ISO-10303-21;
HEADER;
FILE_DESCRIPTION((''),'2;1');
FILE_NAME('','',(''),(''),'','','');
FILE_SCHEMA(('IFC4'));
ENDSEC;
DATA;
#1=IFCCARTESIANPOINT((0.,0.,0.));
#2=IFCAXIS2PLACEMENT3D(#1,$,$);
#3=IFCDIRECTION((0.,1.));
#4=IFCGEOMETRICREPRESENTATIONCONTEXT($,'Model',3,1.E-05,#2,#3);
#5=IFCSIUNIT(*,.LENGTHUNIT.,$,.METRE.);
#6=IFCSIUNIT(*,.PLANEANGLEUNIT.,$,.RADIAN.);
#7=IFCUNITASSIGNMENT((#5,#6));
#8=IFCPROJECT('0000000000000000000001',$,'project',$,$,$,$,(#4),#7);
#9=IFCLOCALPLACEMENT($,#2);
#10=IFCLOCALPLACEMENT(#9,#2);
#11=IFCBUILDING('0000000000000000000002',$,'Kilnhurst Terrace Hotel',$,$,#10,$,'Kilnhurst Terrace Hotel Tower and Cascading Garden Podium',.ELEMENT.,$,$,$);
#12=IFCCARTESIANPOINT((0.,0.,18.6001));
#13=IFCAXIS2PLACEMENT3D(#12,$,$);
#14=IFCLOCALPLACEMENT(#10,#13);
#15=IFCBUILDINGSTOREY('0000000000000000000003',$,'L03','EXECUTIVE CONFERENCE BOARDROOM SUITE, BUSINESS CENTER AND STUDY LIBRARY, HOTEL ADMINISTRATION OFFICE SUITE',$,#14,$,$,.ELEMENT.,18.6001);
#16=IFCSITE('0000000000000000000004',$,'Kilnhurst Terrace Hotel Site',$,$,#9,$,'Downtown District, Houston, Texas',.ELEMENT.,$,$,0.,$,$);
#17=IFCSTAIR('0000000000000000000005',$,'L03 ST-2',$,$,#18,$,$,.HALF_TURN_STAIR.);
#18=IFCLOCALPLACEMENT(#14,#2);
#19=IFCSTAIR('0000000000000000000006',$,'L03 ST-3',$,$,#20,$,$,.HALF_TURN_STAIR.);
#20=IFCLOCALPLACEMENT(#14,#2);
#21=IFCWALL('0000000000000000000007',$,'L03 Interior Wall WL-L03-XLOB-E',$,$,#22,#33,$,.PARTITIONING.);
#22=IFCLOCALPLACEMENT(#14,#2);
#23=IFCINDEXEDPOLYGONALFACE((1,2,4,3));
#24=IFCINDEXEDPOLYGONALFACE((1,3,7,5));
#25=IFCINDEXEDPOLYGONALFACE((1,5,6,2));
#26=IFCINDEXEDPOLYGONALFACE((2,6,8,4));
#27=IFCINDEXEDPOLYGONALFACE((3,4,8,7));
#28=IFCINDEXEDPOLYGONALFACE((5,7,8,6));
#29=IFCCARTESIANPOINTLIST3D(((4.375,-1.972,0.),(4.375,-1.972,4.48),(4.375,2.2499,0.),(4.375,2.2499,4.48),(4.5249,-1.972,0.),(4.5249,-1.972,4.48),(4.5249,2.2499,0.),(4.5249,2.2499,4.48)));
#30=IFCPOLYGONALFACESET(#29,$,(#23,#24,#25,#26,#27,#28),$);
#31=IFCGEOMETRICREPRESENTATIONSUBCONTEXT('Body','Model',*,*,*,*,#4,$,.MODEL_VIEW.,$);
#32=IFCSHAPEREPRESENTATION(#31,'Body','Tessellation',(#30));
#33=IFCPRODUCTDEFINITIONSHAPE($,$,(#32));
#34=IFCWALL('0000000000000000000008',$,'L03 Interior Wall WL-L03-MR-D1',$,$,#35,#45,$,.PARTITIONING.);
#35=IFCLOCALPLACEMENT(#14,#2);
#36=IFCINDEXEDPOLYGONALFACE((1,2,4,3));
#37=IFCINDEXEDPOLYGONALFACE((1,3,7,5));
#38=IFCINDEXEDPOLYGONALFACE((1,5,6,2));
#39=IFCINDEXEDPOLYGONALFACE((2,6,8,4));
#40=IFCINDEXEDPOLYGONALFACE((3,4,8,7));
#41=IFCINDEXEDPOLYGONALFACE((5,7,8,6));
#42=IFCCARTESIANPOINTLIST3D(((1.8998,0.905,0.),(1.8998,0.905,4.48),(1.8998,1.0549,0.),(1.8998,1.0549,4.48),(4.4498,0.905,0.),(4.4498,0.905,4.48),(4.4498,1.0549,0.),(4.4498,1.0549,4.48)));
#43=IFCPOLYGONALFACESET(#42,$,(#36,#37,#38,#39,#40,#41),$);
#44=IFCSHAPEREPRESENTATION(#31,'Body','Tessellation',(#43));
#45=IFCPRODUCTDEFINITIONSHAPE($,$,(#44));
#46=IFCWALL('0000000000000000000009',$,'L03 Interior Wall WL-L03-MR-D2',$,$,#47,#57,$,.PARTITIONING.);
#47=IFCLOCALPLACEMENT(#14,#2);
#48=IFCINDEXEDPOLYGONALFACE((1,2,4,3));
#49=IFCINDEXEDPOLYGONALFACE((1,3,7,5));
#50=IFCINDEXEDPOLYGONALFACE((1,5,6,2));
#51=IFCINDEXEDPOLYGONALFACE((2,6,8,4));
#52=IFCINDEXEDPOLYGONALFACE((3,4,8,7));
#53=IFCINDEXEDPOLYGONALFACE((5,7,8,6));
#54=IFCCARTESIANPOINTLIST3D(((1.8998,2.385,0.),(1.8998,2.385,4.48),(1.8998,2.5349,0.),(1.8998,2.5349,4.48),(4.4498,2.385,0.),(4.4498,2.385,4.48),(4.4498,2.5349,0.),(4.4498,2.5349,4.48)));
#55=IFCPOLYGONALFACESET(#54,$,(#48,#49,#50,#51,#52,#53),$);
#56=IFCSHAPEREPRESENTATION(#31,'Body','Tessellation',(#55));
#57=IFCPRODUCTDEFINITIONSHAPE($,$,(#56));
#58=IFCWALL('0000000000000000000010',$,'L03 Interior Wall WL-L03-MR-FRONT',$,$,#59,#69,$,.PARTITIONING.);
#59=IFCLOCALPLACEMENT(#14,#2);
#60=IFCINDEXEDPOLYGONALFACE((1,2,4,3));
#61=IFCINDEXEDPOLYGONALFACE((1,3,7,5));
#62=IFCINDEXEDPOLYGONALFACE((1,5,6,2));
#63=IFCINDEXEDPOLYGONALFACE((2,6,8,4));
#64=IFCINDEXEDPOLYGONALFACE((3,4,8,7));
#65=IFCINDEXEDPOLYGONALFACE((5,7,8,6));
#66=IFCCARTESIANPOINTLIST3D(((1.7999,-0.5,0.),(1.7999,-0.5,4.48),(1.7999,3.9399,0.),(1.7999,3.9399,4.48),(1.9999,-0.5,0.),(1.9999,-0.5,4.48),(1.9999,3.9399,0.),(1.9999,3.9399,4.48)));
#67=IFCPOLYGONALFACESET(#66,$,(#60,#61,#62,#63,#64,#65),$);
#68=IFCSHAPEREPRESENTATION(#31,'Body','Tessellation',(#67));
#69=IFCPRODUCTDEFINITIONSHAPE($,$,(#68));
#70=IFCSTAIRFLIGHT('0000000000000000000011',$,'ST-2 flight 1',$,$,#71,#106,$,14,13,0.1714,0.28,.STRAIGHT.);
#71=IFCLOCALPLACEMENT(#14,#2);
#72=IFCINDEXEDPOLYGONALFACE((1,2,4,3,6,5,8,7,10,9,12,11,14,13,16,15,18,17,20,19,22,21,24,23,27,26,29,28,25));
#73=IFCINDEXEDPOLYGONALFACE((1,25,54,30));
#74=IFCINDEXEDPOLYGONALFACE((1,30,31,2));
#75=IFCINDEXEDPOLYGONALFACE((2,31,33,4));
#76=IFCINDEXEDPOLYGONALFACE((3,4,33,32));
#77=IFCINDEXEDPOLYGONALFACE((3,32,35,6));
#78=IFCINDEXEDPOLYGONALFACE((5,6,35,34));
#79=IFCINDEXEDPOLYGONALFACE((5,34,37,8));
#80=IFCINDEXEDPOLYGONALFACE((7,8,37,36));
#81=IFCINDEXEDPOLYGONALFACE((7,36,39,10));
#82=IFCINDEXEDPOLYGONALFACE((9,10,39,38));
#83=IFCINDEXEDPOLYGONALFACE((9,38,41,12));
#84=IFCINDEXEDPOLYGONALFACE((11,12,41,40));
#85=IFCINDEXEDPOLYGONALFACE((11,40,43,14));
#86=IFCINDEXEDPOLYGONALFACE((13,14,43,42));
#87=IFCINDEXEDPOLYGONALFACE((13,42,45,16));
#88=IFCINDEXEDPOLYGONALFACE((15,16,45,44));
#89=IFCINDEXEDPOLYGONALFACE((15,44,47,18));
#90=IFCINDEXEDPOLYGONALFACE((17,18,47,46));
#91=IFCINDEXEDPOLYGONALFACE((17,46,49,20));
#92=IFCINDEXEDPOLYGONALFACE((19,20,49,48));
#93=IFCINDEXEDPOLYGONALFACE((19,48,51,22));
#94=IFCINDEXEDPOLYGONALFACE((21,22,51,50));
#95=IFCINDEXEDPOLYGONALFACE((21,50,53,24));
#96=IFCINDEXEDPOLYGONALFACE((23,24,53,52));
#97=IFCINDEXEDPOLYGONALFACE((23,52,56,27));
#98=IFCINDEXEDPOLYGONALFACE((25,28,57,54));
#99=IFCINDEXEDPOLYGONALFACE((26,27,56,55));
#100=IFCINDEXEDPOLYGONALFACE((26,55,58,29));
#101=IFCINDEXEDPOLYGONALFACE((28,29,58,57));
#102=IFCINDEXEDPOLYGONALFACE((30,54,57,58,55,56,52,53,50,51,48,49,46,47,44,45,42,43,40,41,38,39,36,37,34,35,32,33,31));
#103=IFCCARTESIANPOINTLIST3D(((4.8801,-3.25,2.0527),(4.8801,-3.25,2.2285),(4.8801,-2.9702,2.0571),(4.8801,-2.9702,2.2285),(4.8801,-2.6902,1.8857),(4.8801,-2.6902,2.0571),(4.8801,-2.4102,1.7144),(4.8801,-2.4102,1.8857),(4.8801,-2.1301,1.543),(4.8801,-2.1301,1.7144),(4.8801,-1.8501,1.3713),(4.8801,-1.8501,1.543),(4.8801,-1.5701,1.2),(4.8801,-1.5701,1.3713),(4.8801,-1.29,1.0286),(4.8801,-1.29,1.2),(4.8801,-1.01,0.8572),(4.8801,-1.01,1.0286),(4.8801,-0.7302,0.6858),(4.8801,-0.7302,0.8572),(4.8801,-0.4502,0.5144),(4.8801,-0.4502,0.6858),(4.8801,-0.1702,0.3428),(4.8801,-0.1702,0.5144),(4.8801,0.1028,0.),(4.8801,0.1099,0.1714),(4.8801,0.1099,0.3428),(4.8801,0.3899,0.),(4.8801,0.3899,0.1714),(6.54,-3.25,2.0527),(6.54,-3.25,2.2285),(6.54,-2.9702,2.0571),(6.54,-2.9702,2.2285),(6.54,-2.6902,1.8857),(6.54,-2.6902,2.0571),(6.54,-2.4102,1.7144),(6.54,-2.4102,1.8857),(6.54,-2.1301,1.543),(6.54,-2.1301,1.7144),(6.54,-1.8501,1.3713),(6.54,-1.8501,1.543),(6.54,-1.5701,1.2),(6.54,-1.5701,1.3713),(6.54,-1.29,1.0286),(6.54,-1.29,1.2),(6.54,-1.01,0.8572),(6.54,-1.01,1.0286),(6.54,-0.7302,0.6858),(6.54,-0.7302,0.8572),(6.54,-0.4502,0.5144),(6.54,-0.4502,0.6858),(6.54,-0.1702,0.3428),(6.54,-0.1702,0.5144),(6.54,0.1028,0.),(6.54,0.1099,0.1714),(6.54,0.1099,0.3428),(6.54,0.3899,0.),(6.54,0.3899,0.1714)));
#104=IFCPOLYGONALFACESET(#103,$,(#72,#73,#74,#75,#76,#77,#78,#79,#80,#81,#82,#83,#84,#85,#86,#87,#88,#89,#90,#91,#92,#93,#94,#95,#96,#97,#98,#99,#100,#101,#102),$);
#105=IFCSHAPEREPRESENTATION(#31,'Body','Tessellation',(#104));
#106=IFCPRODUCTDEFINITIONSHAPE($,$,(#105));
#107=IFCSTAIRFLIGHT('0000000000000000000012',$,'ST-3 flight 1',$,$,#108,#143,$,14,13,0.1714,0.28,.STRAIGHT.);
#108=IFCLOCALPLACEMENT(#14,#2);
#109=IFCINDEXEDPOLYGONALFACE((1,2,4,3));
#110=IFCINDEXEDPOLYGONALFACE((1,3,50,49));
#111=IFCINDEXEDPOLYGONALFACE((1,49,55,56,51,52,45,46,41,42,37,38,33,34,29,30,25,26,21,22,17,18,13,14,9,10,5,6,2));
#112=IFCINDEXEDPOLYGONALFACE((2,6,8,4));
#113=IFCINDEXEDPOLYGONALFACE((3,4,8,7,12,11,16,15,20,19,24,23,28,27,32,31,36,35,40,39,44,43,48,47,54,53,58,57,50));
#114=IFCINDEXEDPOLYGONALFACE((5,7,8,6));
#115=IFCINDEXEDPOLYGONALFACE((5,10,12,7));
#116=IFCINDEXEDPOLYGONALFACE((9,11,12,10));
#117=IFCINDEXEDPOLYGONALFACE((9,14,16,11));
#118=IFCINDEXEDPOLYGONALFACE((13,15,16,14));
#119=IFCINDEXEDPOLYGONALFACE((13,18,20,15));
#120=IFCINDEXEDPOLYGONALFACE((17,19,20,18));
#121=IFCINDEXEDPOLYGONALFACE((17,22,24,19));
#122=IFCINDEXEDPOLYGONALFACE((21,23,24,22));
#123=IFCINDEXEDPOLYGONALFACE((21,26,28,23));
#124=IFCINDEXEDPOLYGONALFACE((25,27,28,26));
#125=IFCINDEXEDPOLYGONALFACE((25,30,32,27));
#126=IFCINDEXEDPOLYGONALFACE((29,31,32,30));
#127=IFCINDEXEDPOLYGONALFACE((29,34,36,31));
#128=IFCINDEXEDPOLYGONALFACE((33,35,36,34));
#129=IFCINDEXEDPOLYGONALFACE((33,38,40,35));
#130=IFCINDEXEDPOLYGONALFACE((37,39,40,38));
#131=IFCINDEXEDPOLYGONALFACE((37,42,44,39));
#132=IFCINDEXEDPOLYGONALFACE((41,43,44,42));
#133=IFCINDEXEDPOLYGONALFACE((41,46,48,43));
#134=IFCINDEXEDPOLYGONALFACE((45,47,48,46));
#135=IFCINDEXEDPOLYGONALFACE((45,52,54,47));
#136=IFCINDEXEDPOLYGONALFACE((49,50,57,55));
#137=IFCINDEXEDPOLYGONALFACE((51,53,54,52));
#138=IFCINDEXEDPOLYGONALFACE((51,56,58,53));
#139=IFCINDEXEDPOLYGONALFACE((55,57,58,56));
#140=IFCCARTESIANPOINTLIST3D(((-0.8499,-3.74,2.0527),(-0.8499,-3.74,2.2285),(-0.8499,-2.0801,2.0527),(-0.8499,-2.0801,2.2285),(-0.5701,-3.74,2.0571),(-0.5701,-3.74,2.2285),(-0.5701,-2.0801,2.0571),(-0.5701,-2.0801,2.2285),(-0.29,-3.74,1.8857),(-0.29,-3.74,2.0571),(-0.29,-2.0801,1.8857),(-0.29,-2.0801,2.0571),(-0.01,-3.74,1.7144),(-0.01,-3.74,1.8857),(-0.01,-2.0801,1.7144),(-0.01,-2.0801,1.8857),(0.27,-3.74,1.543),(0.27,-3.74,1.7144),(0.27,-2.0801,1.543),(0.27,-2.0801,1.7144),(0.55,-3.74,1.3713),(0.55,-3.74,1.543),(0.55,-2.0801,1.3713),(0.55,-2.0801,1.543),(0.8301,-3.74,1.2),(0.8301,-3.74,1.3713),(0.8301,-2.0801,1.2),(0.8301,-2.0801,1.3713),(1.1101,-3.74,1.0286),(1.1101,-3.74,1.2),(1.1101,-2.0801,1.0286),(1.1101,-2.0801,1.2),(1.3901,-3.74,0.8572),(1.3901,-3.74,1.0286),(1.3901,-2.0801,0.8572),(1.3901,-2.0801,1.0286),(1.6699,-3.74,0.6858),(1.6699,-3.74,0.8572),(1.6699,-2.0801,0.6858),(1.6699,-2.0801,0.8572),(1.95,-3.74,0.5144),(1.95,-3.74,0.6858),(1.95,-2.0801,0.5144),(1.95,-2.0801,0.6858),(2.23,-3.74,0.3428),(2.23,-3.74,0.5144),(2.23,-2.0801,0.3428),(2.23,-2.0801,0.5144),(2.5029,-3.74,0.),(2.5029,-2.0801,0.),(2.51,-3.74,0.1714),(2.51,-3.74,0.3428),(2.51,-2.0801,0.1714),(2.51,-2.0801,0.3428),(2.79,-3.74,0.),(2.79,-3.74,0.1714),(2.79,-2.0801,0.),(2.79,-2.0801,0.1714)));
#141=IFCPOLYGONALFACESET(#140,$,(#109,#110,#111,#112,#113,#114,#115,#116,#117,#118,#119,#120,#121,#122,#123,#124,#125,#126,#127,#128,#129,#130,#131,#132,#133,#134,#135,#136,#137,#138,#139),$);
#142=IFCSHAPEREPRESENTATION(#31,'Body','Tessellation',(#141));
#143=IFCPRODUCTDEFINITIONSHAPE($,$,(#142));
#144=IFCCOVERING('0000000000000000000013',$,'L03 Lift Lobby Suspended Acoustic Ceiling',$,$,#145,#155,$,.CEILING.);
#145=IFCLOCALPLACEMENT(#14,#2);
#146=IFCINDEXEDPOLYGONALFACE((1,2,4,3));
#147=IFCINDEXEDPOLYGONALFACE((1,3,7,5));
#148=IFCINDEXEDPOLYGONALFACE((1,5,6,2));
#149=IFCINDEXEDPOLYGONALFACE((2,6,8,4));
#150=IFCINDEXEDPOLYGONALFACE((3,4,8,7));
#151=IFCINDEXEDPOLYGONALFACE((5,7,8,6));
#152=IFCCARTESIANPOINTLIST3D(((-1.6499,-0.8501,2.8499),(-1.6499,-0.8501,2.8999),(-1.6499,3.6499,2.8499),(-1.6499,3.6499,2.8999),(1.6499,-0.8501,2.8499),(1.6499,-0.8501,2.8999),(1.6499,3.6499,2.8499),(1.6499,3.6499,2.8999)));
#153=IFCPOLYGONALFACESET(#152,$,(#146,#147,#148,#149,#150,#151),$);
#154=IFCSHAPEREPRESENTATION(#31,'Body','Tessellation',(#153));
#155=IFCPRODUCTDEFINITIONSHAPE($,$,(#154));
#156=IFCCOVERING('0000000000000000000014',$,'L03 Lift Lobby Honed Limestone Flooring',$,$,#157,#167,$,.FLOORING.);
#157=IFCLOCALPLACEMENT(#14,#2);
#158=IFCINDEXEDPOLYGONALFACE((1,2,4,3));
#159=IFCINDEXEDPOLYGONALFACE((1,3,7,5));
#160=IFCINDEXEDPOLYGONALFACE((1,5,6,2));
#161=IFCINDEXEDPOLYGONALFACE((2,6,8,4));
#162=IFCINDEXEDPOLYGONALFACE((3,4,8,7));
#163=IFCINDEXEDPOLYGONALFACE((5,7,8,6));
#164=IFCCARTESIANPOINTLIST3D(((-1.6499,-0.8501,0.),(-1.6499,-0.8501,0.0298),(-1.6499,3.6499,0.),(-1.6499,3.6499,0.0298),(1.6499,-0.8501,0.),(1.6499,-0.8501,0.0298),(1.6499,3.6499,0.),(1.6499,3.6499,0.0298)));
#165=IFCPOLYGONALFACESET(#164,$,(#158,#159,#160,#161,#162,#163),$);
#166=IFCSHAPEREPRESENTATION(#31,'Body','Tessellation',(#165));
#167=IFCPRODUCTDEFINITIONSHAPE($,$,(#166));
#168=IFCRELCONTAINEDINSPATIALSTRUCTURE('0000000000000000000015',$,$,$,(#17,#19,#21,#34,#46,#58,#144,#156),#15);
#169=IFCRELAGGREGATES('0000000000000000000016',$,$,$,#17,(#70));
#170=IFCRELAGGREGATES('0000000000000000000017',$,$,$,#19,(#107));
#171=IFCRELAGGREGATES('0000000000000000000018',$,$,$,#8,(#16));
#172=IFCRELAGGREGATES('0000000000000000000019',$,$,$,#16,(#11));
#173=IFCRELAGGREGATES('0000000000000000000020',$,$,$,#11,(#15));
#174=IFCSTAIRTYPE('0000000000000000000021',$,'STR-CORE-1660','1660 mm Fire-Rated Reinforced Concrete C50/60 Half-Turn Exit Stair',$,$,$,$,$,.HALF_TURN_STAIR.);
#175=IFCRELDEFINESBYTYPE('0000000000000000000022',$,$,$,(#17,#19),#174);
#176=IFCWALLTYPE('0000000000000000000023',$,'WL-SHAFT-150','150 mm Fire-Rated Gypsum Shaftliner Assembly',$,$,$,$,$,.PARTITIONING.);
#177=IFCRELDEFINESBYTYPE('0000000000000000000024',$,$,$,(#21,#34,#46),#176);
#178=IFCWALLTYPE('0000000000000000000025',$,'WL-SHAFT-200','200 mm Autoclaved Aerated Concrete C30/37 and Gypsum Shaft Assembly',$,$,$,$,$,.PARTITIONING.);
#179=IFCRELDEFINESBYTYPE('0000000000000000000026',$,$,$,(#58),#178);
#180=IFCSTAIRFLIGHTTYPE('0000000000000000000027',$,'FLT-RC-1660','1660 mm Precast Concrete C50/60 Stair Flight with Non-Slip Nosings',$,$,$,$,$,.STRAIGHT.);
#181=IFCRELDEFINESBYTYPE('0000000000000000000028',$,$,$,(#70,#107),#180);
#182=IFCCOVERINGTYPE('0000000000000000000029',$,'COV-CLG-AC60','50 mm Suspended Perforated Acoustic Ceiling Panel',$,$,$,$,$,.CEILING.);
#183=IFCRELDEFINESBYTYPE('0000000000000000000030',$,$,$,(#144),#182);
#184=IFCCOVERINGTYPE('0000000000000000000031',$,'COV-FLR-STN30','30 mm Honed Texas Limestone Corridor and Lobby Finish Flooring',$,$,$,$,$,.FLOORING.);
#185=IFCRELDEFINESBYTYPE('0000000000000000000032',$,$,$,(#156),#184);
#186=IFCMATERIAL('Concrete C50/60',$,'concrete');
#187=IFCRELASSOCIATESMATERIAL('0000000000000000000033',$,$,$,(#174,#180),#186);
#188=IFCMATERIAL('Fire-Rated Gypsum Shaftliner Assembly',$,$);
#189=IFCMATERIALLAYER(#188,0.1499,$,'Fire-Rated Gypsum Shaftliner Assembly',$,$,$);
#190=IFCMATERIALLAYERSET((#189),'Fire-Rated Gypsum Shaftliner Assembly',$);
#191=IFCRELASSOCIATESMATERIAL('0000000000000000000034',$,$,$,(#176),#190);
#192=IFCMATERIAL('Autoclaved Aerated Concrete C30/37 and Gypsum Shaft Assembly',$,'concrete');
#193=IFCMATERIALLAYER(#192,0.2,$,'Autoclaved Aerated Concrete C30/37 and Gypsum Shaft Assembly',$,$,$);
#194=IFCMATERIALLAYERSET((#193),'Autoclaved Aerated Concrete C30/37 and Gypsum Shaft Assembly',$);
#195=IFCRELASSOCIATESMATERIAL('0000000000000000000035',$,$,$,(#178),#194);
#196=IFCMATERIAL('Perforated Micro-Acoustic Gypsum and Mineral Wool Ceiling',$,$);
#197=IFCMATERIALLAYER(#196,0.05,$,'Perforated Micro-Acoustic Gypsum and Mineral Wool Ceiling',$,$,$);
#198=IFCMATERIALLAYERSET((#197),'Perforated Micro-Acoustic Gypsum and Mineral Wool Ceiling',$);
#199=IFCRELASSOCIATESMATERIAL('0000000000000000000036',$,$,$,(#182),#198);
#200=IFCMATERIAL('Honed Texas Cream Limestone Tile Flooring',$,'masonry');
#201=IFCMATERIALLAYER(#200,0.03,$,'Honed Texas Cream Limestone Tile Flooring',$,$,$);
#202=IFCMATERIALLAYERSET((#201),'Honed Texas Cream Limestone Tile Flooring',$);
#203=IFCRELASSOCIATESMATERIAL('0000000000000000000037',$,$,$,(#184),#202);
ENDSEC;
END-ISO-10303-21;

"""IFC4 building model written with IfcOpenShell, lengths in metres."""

from ifc_helpers import new_model, si_unit, direction, frame, frame_2d, origin, place, context, subcontext, project, spatial, polyline, rectangle, outline, extrude, material, layer, layer_set, type_object, element, aggregate, save


model = new_model("IFC4")

# Units and contexts
model_context = context("Model", 3, precision=1e-05, world=origin(), true_north=direction((0.0, 1.0)))
body_context = subcontext(model_context, "Body", "Model", "MODEL_VIEW")
ifc_project = project(units=[si_unit("LENGTHUNIT", "METRE"), si_unit("PLANEANGLEUNIT", "RADIAN")], contexts=[model_context])

# Site, building, storey
site_placement = place(None, origin())
site = spatial("IfcSite", under=ifc_project, at=site_placement, Name="Kilnhurst Terrace Hotel Site", LongName="Downtown District, Houston, Texas", CompositionType="ELEMENT", RefElevation=0.0)
building_placement = place(site_placement, origin())
building = spatial("IfcBuilding", under=site, at=building_placement, Name="Kilnhurst Terrace Hotel", LongName="Kilnhurst Terrace Hotel Tower and Cascading Garden Podium", CompositionType="ELEMENT")
storey_placement = place(building_placement, frame((0.0, 0.0, 18.6001)))
storey = spatial("IfcBuildingStorey", under=building, at=storey_placement, Name="L03", Description="EXECUTIVE CONFERENCE BOARDROOM SUITE, BUSINESS CENTER AND STUDY LIBRARY, HOTEL ADMINISTRATION OFFICE SUITE", CompositionType="ELEMENT", Elevation=18.6001)

# Shared definitions
ifc_material_1 = material(Name="Concrete C50/60", Category="concrete")

# Stairs
stair_type_1 = type_object("IfcStairType", Name="STR-CORE-1660", Description="1660 mm Fire-Rated Reinforced Concrete C50/60 Half-Turn Exit Stair", PredefinedType="HALF_TURN_STAIR", material=ifc_material_1)
stair_1_placement = place(storey_placement, origin())
stair_1 = element("IfcStair", 1, at=stair_1_placement, inside=storey, type_object=stair_type_1, Name="L03 ST-2", PredefinedType="HALF_TURN_STAIR")
stair_2_placement = place(storey_placement, origin())
stair_2 = element("IfcStair", 2, at=stair_2_placement, inside=storey, type_object=stair_type_1, Name="L03 ST-3", PredefinedType="HALF_TURN_STAIR")

# Walls
ifc_material_2 = material(Name="Fire-Rated Gypsum Shaftliner Assembly")
ifc_layer_1 = layer(ifc_material_2, 0.1499, Name="Fire-Rated Gypsum Shaftliner Assembly")
ifc_layer_set_1 = layer_set([ifc_layer_1], Name="Fire-Rated Gypsum Shaftliner Assembly")
wall_type_1 = type_object("IfcWallType", Name="WL-SHAFT-150", Description="150 mm Fire-Rated Gypsum Shaftliner Assembly", PredefinedType="PARTITIONING", material=ifc_layer_set_1)
wall_1_placement = place(storey_placement, frame((4.45, -1.9719, 0.0), z_axis=(0.0, 0.0, 1.0), x_axis=(0.0, 1.0, 0.0)))
element("IfcWall", 3, at=wall_1_placement, inside=storey, type_object=wall_type_1, Name="L03 Interior Wall WL-L03-XLOB-E", PredefinedType="PARTITIONING", context=body_context, shape_type="SweptSolid", body=[
    extrude(rectangle(XDim=4.2219, YDim=0.1499, at=frame_2d((2.1108, 0.0))), origin(), (0.0, 0.0, 1.0), 4.48),
])
for number, where, z_axis, x_axis, name in (
    (4, (1.8999, 0.98, 0.0), (0.0, 0.0, 1.0), (1.0, 0.0, 0.0), "L03 Interior Wall WL-L03-MR-D1"),
    (5, (1.8999, 2.46, 0.0), (0.0, 0.0, 1.0), (1.0, 0.0, 0.0), "L03 Interior Wall WL-L03-MR-D2"),
):
    element("IfcWall", number, at=place(storey_placement, frame(where, z_axis=z_axis, x_axis=x_axis)), inside=storey, type_object=wall_type_1, Name=name, PredefinedType="PARTITIONING", context=body_context, shape_type="SweptSolid", body=[
        extrude(rectangle(XDim=2.55, YDim=0.1499, at=frame_2d((1.2749, 0.0))), origin(), (0.0, 0.0, 1.0), 4.48),
    ])
ifc_material_3 = material(Name="Autoclaved Aerated Concrete C30/37 and Gypsum Shaft Assembly", Category="concrete")
ifc_layer_2 = layer(ifc_material_3, 0.2, Name="Autoclaved Aerated Concrete C30/37 and Gypsum Shaft Assembly")
ifc_layer_set_2 = layer_set([ifc_layer_2], Name="Autoclaved Aerated Concrete C30/37 and Gypsum Shaft Assembly")
wall_type_2 = type_object("IfcWallType", Name="WL-SHAFT-200", Description="200 mm Autoclaved Aerated Concrete C30/37 and Gypsum Shaft Assembly", PredefinedType="PARTITIONING", material=ifc_layer_set_2)
wall_2_placement = place(storey_placement, frame((1.8999, -0.5, 0.0), z_axis=(0.0, 0.0, 1.0), x_axis=(0.0, 1.0, 0.0)))
element("IfcWall", 6, at=wall_2_placement, inside=storey, type_object=wall_type_2, Name="L03 Interior Wall WL-L03-MR-FRONT", PredefinedType="PARTITIONING", context=body_context, shape_type="SweptSolid", body=[
    extrude(rectangle(XDim=4.4399, YDim=0.2, at=frame_2d((2.22, 0.0))), origin(), (0.0, 0.0, 1.0), 4.48),
])

# Stair flights
stair_flight_type = type_object("IfcStairFlightType", Name="FLT-RC-1660", Description="1660 mm Precast Concrete C50/60 Stair Flight with Non-Slip Nosings", PredefinedType="STRAIGHT", material=ifc_material_1)
stair_flight_1_placement = place(storey_placement, frame((5.71, 0.3899, 0.0), z_axis=(0.0, 0.0, 1.0), x_axis=(0.0, -1.0, 0.0)))
stair_flight_1 = element("IfcStairFlight", 7, at=stair_flight_1_placement, type_object=stair_flight_type, Name="ST-2 flight 1", NumberOfRisers=14, NumberOfTreads=13, PredefinedType="STRAIGHT", RiserHeight=0.1714, TreadLength=0.28, context=body_context, shape_type="SweptSolid", body=[
    extrude(outline(polyline([(0.0, 0.0), (0.0, 0.1714), (0.28, 0.1714), (0.28, 0.3428), (0.5601, 0.3428), (0.5601, 0.5144), (0.8401, 0.5144), (0.8401, 0.6858), (1.1201, 0.6858), (1.1201, 0.8572), (1.3999, 0.8572), (1.3999, 1.0286), (1.6799, 1.0286), (1.6799, 1.2), (1.96, 1.2), (1.96, 1.3713), (2.24, 1.3713), (2.24, 1.543), (2.52, 1.543), (2.52, 1.7144), (2.8, 1.7144), (2.8, 1.8857), (3.0801, 1.8857), (3.0801, 2.0571), (3.3601, 2.0571), (3.3601, 2.2285), (3.6399, 2.2285), (3.6399, 2.3999), (3.6399, 2.0527), (0.2871, 0.0), (0.0, 0.0)])), frame((0.0, 0.8301, 0.0), z_axis=(0.0, -1.0, 0.0), x_axis=(1.0, 0.0, 0.0)), (0.0, 0.0, 1.0), 1.6599),
])
aggregate(stair_1, [stair_flight_1])
stair_flight_2_placement = place(storey_placement, frame((2.79, -2.9099, 0.0), z_axis=(0.0, 0.0, 1.0), x_axis=(-1.0, 0.0, 0.0)))
stair_flight_2 = element("IfcStairFlight", 8, at=stair_flight_2_placement, type_object=stair_flight_type, Name="ST-3 flight 1", NumberOfRisers=14, NumberOfTreads=13, PredefinedType="STRAIGHT", RiserHeight=0.1714, TreadLength=0.28, context=body_context, shape_type="SweptSolid", body=[
    extrude(outline(polyline([(0.0, 0.0), (0.0, 0.1714), (0.28, 0.1714), (0.28, 0.3428), (0.5601, 0.3428), (0.5601, 0.5144), (0.8401, 0.5144), (0.8401, 0.6858), (1.1201, 0.6858), (1.1201, 0.8572), (1.3999, 0.8572), (1.3999, 1.0286), (1.6799, 1.0286), (1.6799, 1.2), (1.96, 1.2), (1.96, 1.3713), (2.24, 1.3713), (2.24, 1.543), (2.52, 1.543), (2.52, 1.7144), (2.8, 1.7144), (2.8, 1.8857), (3.0801, 1.8857), (3.0801, 2.0571), (3.3601, 2.0571), (3.3601, 2.2285), (3.6399, 2.2285), (3.6399, 2.3999), (3.6399, 2.0527), (0.2871, 0.0), (0.0, 0.0)])), frame((0.0, 0.8301, 0.0), z_axis=(0.0, -1.0, 0.0), x_axis=(1.0, 0.0, 0.0)), (0.0, 0.0, 1.0), 1.6599),
])
aggregate(stair_2, [stair_flight_2])

# Coverings
ifc_material_4 = material(Name="Perforated Micro-Acoustic Gypsum and Mineral Wool Ceiling")
ifc_layer_3 = layer(ifc_material_4, 0.05, Name="Perforated Micro-Acoustic Gypsum and Mineral Wool Ceiling")
ifc_layer_set_3 = layer_set([ifc_layer_3], Name="Perforated Micro-Acoustic Gypsum and Mineral Wool Ceiling")
covering_type_1 = type_object("IfcCoveringType", Name="COV-CLG-AC60", Description="50 mm Suspended Perforated Acoustic Ceiling Panel", PredefinedType="CEILING", material=ifc_layer_set_3)
covering_1_placement = place(storey_placement, frame((0.0, 0.0, 2.8499)))
element("IfcCovering", 9, at=covering_1_placement, inside=storey, type_object=covering_type_1, Name="L03 Lift Lobby Suspended Acoustic Ceiling", PredefinedType="CEILING", context=body_context, shape_type="SweptSolid", body=[
    extrude(outline(polyline([(-1.6499, -0.8501), (1.6499, -0.8501), (1.6499, 3.6499), (-1.6499, 3.6499), (-1.6499, -0.8501)])), origin(), (0.0, 0.0, 1.0), 0.05),
])
ifc_material_5 = material(Name="Honed Texas Cream Limestone Tile Flooring", Category="masonry")
ifc_layer_4 = layer(ifc_material_5, 0.03, Name="Honed Texas Cream Limestone Tile Flooring")
ifc_layer_set_4 = layer_set([ifc_layer_4], Name="Honed Texas Cream Limestone Tile Flooring")
covering_type_2 = type_object("IfcCoveringType", Name="COV-FLR-STN30", Description="30 mm Honed Texas Limestone Corridor and Lobby Finish Flooring", PredefinedType="FLOORING", material=ifc_layer_set_4)
covering_2_placement = place(storey_placement, origin())
element("IfcCovering", 10, at=covering_2_placement, inside=storey, type_object=covering_type_2, Name="L03 Lift Lobby Honed Limestone Flooring", PredefinedType="FLOORING", context=body_context, shape_type="SweptSolid", body=[
    extrude(outline(polyline([(-1.6499, -0.8501), (1.6499, -0.8501), (1.6499, 3.6499), (-1.6499, 3.6499), (-1.6499, -0.8501)])), origin(), (0.0, 0.0, 1.0), 0.0298),
])

save(model, "model.ifc")
